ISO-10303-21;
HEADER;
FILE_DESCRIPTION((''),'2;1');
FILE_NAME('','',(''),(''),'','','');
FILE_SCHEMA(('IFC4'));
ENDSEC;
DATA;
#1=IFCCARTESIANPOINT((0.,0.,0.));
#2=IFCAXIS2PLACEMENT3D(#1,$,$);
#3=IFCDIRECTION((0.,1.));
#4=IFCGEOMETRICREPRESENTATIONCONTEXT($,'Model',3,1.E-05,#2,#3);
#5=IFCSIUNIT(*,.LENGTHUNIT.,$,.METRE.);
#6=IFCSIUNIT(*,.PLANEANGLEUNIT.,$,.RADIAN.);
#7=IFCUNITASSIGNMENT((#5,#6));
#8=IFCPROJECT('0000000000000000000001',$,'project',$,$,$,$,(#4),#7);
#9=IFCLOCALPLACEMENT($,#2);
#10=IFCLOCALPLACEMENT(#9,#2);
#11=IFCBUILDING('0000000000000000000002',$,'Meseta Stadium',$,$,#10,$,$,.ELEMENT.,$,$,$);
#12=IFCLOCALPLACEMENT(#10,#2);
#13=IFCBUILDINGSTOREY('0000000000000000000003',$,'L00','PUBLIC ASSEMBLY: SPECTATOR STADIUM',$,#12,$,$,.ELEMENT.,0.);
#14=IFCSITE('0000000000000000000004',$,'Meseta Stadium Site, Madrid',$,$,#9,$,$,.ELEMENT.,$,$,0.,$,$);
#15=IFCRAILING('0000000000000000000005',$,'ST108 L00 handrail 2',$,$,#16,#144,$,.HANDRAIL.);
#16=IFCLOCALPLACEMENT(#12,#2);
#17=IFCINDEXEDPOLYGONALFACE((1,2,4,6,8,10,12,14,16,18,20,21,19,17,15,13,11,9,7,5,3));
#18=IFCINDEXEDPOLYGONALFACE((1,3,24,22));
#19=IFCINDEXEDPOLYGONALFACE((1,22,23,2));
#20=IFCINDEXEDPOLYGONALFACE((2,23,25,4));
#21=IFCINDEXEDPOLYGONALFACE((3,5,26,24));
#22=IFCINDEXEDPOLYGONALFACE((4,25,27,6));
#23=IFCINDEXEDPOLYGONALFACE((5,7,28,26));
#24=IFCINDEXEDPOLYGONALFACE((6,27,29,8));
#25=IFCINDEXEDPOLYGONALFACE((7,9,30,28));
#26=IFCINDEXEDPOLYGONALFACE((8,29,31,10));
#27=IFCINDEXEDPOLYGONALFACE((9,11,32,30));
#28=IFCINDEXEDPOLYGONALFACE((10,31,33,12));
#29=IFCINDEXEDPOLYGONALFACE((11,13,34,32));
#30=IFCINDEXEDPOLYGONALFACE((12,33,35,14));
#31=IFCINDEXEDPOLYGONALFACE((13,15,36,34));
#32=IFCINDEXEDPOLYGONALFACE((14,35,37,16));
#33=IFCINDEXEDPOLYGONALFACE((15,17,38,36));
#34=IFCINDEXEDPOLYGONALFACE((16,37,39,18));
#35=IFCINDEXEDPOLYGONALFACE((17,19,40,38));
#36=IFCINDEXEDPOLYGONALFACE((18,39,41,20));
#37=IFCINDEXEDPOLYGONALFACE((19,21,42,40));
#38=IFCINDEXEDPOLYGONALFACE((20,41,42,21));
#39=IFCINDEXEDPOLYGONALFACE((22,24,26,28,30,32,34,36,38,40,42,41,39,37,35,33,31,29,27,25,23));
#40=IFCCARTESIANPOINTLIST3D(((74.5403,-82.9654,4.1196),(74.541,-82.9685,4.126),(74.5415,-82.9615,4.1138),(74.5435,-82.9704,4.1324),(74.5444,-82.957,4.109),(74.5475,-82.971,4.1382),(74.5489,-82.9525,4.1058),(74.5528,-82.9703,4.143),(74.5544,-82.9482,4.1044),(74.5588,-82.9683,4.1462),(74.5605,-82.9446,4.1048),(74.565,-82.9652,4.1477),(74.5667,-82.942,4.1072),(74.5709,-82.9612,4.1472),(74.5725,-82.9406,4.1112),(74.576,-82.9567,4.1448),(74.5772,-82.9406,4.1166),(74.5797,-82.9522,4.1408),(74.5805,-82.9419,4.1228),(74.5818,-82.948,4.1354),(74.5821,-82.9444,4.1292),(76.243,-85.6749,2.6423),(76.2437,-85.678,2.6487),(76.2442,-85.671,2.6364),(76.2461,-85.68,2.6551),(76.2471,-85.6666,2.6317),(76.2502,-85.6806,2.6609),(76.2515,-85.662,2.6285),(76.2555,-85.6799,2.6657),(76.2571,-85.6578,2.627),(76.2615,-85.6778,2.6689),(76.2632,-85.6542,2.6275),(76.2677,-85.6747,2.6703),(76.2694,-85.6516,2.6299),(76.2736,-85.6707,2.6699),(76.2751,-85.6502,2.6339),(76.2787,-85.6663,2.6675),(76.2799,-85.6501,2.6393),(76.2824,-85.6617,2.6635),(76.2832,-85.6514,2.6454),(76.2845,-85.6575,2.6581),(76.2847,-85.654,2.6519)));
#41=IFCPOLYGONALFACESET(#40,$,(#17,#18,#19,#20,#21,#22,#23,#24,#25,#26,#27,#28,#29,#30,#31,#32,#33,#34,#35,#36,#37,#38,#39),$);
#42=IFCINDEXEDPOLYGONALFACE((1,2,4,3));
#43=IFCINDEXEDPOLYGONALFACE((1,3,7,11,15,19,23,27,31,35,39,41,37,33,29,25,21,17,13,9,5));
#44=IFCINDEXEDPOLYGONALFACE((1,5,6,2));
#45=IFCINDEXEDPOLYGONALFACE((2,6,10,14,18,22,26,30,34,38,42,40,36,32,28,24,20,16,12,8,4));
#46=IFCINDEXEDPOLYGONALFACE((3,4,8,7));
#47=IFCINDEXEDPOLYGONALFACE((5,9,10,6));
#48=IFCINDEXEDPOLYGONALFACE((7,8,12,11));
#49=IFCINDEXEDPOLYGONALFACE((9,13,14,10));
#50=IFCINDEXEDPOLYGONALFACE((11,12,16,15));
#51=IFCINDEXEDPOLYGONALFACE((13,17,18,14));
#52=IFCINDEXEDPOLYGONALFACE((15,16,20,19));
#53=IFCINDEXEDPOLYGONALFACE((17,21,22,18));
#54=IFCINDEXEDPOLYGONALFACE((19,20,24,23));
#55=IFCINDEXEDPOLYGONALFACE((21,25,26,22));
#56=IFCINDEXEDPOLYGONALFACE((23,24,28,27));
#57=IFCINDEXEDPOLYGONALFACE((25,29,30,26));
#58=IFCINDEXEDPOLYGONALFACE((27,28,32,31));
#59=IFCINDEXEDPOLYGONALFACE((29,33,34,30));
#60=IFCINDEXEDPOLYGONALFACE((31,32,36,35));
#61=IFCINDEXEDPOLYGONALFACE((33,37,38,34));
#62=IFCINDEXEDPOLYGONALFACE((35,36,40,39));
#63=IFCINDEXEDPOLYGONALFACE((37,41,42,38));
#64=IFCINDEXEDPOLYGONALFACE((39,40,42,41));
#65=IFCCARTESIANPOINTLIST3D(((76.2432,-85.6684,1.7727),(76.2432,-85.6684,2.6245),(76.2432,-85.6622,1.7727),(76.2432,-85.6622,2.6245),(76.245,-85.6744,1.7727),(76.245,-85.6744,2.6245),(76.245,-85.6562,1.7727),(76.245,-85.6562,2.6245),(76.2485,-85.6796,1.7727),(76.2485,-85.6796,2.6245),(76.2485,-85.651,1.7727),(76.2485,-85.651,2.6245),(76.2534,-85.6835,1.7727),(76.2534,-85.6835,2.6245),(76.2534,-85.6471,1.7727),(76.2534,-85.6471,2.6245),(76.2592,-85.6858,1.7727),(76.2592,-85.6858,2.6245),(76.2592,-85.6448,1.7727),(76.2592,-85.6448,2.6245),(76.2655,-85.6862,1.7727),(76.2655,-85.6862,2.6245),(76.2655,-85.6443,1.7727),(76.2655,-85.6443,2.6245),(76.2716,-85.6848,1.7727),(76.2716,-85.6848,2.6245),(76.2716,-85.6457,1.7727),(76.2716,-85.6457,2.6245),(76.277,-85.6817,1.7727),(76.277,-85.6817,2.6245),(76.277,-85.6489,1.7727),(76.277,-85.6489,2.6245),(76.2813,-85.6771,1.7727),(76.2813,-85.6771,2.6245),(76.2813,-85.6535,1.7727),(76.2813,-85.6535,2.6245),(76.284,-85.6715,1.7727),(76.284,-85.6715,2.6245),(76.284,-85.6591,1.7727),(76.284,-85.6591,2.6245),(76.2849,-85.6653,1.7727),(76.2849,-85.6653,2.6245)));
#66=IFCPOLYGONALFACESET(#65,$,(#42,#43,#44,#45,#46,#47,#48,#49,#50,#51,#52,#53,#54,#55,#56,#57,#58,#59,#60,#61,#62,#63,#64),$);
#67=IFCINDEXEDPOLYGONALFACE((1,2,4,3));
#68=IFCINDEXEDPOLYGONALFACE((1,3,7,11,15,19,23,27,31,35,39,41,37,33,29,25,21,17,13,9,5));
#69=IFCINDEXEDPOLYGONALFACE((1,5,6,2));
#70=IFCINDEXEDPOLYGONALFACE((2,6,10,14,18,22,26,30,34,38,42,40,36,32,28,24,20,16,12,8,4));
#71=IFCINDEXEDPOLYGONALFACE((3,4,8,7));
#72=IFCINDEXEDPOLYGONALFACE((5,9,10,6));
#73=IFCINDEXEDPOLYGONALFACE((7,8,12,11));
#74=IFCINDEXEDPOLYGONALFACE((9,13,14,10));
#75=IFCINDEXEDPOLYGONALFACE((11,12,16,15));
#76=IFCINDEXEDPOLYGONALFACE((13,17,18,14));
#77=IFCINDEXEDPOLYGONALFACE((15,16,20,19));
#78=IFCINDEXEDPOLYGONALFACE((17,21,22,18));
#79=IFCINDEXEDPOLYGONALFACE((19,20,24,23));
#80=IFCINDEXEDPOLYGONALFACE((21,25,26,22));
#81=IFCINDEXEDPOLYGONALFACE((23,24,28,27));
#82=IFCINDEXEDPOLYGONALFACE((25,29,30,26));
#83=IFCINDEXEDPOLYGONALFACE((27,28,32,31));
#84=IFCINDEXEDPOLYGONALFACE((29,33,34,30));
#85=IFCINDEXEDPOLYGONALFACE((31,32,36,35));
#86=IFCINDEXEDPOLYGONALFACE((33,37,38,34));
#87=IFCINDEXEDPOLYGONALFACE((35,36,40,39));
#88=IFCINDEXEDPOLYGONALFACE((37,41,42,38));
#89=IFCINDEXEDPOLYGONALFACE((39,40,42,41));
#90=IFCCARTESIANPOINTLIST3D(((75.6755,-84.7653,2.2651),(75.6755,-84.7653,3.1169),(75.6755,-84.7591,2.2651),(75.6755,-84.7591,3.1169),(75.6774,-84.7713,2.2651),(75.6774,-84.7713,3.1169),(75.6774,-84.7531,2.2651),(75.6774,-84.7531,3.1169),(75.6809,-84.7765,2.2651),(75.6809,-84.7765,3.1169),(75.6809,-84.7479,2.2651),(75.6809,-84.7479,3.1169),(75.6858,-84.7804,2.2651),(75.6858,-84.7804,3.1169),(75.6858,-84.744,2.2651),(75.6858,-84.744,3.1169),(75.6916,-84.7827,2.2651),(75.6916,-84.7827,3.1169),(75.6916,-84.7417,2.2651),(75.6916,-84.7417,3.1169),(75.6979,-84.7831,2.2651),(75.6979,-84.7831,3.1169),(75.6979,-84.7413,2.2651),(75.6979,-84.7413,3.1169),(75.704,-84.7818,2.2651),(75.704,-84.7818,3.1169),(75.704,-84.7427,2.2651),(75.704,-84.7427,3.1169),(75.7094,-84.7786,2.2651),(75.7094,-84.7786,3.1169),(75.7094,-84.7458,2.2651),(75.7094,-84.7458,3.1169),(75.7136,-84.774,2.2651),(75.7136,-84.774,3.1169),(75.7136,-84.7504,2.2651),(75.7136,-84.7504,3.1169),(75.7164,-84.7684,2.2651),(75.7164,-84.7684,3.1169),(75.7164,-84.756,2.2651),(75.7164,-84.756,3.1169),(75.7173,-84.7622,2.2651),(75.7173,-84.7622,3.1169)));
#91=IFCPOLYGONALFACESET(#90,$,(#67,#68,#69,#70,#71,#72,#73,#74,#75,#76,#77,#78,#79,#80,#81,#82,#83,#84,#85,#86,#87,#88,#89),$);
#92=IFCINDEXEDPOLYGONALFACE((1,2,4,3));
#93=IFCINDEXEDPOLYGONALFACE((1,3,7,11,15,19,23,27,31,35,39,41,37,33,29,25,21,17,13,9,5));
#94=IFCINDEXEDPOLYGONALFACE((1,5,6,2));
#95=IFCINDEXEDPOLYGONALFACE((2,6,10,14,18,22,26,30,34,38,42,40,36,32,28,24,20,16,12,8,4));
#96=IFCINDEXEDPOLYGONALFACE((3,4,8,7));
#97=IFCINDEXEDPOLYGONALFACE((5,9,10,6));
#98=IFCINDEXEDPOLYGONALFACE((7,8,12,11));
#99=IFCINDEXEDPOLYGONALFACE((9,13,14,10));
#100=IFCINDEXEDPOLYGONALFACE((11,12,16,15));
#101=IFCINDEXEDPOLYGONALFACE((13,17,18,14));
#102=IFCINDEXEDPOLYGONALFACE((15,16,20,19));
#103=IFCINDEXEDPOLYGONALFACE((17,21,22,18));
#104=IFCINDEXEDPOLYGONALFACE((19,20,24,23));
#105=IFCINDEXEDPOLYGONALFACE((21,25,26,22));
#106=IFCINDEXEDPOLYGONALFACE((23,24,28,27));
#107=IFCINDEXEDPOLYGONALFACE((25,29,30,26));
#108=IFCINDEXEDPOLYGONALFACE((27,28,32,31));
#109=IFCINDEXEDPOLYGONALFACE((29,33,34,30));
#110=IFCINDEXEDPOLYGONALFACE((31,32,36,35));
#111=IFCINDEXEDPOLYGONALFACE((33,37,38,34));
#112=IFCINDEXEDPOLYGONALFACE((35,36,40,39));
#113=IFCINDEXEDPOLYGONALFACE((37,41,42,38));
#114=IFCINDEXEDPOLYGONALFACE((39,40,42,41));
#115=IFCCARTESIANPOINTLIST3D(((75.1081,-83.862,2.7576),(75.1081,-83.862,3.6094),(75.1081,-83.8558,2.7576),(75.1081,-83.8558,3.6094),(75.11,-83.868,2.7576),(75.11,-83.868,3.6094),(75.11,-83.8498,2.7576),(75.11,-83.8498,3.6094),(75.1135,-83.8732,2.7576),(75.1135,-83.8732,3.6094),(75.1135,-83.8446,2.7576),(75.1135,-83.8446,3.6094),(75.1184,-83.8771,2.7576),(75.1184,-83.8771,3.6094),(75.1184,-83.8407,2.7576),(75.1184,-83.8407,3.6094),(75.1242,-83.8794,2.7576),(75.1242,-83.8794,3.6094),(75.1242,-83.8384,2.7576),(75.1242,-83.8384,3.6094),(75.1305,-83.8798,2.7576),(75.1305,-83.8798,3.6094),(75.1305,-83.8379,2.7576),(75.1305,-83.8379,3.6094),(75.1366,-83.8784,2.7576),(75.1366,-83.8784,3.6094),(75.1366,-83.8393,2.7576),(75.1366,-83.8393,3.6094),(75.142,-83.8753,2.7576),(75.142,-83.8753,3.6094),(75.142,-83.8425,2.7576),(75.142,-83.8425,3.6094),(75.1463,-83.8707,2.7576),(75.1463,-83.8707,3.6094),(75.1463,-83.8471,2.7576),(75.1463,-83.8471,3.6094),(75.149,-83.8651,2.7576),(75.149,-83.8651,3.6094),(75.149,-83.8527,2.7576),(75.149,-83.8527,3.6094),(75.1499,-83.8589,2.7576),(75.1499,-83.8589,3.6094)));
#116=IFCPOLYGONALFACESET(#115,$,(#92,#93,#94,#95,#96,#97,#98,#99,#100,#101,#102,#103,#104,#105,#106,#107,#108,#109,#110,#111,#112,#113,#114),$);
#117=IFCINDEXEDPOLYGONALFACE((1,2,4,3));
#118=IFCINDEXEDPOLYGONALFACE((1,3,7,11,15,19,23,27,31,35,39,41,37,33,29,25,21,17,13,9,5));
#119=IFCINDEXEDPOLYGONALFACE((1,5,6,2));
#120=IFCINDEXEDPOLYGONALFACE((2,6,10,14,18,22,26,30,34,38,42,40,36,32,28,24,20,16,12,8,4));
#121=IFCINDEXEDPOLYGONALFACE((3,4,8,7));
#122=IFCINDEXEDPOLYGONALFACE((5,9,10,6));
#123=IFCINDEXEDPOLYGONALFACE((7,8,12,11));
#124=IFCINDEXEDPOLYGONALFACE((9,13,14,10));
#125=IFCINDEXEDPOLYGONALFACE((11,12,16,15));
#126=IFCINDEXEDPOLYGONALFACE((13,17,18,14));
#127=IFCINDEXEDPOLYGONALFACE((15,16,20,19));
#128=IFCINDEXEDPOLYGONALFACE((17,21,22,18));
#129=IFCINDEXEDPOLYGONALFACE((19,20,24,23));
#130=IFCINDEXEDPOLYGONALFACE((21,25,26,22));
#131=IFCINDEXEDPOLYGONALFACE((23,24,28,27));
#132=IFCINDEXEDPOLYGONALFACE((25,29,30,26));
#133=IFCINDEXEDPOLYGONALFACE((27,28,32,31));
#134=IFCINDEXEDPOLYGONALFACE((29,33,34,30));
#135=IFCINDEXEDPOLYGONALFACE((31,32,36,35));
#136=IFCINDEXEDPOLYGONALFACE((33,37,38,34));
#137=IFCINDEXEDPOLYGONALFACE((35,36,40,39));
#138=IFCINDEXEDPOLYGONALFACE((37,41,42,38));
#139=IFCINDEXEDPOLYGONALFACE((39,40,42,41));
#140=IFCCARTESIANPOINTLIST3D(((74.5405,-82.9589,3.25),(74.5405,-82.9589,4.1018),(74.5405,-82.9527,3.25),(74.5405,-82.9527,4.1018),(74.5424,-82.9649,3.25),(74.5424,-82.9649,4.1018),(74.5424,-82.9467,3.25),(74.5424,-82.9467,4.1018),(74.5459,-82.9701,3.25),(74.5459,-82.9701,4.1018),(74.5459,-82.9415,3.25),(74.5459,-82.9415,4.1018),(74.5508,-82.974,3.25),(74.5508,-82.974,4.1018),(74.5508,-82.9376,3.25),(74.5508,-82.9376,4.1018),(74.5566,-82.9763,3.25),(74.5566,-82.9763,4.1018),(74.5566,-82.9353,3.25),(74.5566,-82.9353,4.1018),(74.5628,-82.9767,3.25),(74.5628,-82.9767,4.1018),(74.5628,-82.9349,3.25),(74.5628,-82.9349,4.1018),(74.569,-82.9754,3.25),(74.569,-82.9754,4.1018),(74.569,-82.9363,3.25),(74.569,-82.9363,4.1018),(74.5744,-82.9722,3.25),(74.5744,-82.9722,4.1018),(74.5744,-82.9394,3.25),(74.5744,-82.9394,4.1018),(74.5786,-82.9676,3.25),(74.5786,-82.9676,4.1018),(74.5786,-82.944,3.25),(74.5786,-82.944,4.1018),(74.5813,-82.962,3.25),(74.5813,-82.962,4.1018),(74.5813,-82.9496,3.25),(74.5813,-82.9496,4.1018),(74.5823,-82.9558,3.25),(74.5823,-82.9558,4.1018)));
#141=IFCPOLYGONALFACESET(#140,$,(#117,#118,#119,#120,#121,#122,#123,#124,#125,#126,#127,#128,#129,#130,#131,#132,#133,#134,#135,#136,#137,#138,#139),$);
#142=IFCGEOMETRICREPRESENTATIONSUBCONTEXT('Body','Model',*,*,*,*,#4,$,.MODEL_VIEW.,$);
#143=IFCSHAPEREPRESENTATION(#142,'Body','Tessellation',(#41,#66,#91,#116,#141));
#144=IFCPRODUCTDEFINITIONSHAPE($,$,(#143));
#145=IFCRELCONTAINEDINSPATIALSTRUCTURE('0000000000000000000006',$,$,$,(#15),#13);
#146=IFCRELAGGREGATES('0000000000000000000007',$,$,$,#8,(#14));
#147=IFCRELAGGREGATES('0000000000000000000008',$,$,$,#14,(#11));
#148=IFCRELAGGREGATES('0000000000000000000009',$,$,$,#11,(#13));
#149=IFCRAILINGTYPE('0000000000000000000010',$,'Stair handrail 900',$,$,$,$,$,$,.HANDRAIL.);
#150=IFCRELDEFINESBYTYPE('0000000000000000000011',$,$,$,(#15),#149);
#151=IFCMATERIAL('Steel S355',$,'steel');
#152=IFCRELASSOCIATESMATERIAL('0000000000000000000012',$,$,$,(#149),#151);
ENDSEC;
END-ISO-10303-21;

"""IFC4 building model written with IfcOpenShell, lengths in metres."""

from ifc_helpers import new_model, si_unit, direction, frame, origin, origin_2d, place, context, subcontext, project, spatial, circle, extrude, material, type_object, element, save


model = new_model("IFC4")

# Units and contexts
model_context = context("Model", 3, precision=1e-05, world=origin(), true_north=direction((0.0, 1.0)))
body_context = subcontext(model_context, "Body", "Model", "MODEL_VIEW")
ifc_project = project(units=[si_unit("LENGTHUNIT", "METRE"), si_unit("PLANEANGLEUNIT", "RADIAN")], contexts=[model_context])

# Site, building, storey
site_placement = place(None, origin())
site = spatial("IfcSite", under=ifc_project, at=site_placement, Name="Meseta Stadium Site, Madrid", CompositionType="ELEMENT", RefElevation=0.0)
building_placement = place(site_placement, origin())
building = spatial("IfcBuilding", under=site, at=building_placement, Name="Meseta Stadium", CompositionType="ELEMENT")
storey_placement = place(building_placement, origin())
storey = spatial("IfcBuildingStorey", under=building, at=storey_placement, Name="L00", Description="PUBLIC ASSEMBLY: SPECTATOR STADIUM", CompositionType="ELEMENT", Elevation=0.0)

# Railing
ifc_material_1 = material(Name="Steel S355", Category="steel")
railing_type = type_object("IfcRailingType", Name="Stair handrail 900", PredefinedType="HANDRAIL", material=ifc_material_1)
for number, where, name in (
    (1, (76.2639, -85.6653, 1.7727), "ST108 L00 handrail 2"),
):
    element("IfcRailing", number, at=place(storey_placement, frame(where)), inside=storey, type_object=railing_type, Name=name, PredefinedType="HANDRAIL", context=body_context, shape_type="SweptSolid", body=[
        extrude(circle(Radius=0.0239, at=origin_2d()), frame((0.0, 0.0, 0.876), z_axis=(-0.483076, 0.768738, 0.419142), x_axis=(-0.846701, -0.532068, 0.0)), (0.0, 0.0, 1.0), 3.5247),
        extrude(circle(Radius=0.021, at=origin_2d()), origin(), (0.0, 0.0, 1.0), 0.8518),
        extrude(circle(Radius=0.021, at=origin_2d()), frame((-0.5676, 0.9031, 0.4924)), (0.0, 0.0, 1.0), 0.8518),
        extrude(circle(Radius=0.021, at=origin_2d()), frame((-1.135, 1.8064, 0.9849)), (0.0, 0.0, 1.0), 0.8518),
        extrude(circle(Radius=0.021, at=origin_2d()), frame((-1.7026, 2.7095, 1.4773)), (0.0, 0.0, 1.0), 0.8518),
    ])

save(model, "model.ifc")
